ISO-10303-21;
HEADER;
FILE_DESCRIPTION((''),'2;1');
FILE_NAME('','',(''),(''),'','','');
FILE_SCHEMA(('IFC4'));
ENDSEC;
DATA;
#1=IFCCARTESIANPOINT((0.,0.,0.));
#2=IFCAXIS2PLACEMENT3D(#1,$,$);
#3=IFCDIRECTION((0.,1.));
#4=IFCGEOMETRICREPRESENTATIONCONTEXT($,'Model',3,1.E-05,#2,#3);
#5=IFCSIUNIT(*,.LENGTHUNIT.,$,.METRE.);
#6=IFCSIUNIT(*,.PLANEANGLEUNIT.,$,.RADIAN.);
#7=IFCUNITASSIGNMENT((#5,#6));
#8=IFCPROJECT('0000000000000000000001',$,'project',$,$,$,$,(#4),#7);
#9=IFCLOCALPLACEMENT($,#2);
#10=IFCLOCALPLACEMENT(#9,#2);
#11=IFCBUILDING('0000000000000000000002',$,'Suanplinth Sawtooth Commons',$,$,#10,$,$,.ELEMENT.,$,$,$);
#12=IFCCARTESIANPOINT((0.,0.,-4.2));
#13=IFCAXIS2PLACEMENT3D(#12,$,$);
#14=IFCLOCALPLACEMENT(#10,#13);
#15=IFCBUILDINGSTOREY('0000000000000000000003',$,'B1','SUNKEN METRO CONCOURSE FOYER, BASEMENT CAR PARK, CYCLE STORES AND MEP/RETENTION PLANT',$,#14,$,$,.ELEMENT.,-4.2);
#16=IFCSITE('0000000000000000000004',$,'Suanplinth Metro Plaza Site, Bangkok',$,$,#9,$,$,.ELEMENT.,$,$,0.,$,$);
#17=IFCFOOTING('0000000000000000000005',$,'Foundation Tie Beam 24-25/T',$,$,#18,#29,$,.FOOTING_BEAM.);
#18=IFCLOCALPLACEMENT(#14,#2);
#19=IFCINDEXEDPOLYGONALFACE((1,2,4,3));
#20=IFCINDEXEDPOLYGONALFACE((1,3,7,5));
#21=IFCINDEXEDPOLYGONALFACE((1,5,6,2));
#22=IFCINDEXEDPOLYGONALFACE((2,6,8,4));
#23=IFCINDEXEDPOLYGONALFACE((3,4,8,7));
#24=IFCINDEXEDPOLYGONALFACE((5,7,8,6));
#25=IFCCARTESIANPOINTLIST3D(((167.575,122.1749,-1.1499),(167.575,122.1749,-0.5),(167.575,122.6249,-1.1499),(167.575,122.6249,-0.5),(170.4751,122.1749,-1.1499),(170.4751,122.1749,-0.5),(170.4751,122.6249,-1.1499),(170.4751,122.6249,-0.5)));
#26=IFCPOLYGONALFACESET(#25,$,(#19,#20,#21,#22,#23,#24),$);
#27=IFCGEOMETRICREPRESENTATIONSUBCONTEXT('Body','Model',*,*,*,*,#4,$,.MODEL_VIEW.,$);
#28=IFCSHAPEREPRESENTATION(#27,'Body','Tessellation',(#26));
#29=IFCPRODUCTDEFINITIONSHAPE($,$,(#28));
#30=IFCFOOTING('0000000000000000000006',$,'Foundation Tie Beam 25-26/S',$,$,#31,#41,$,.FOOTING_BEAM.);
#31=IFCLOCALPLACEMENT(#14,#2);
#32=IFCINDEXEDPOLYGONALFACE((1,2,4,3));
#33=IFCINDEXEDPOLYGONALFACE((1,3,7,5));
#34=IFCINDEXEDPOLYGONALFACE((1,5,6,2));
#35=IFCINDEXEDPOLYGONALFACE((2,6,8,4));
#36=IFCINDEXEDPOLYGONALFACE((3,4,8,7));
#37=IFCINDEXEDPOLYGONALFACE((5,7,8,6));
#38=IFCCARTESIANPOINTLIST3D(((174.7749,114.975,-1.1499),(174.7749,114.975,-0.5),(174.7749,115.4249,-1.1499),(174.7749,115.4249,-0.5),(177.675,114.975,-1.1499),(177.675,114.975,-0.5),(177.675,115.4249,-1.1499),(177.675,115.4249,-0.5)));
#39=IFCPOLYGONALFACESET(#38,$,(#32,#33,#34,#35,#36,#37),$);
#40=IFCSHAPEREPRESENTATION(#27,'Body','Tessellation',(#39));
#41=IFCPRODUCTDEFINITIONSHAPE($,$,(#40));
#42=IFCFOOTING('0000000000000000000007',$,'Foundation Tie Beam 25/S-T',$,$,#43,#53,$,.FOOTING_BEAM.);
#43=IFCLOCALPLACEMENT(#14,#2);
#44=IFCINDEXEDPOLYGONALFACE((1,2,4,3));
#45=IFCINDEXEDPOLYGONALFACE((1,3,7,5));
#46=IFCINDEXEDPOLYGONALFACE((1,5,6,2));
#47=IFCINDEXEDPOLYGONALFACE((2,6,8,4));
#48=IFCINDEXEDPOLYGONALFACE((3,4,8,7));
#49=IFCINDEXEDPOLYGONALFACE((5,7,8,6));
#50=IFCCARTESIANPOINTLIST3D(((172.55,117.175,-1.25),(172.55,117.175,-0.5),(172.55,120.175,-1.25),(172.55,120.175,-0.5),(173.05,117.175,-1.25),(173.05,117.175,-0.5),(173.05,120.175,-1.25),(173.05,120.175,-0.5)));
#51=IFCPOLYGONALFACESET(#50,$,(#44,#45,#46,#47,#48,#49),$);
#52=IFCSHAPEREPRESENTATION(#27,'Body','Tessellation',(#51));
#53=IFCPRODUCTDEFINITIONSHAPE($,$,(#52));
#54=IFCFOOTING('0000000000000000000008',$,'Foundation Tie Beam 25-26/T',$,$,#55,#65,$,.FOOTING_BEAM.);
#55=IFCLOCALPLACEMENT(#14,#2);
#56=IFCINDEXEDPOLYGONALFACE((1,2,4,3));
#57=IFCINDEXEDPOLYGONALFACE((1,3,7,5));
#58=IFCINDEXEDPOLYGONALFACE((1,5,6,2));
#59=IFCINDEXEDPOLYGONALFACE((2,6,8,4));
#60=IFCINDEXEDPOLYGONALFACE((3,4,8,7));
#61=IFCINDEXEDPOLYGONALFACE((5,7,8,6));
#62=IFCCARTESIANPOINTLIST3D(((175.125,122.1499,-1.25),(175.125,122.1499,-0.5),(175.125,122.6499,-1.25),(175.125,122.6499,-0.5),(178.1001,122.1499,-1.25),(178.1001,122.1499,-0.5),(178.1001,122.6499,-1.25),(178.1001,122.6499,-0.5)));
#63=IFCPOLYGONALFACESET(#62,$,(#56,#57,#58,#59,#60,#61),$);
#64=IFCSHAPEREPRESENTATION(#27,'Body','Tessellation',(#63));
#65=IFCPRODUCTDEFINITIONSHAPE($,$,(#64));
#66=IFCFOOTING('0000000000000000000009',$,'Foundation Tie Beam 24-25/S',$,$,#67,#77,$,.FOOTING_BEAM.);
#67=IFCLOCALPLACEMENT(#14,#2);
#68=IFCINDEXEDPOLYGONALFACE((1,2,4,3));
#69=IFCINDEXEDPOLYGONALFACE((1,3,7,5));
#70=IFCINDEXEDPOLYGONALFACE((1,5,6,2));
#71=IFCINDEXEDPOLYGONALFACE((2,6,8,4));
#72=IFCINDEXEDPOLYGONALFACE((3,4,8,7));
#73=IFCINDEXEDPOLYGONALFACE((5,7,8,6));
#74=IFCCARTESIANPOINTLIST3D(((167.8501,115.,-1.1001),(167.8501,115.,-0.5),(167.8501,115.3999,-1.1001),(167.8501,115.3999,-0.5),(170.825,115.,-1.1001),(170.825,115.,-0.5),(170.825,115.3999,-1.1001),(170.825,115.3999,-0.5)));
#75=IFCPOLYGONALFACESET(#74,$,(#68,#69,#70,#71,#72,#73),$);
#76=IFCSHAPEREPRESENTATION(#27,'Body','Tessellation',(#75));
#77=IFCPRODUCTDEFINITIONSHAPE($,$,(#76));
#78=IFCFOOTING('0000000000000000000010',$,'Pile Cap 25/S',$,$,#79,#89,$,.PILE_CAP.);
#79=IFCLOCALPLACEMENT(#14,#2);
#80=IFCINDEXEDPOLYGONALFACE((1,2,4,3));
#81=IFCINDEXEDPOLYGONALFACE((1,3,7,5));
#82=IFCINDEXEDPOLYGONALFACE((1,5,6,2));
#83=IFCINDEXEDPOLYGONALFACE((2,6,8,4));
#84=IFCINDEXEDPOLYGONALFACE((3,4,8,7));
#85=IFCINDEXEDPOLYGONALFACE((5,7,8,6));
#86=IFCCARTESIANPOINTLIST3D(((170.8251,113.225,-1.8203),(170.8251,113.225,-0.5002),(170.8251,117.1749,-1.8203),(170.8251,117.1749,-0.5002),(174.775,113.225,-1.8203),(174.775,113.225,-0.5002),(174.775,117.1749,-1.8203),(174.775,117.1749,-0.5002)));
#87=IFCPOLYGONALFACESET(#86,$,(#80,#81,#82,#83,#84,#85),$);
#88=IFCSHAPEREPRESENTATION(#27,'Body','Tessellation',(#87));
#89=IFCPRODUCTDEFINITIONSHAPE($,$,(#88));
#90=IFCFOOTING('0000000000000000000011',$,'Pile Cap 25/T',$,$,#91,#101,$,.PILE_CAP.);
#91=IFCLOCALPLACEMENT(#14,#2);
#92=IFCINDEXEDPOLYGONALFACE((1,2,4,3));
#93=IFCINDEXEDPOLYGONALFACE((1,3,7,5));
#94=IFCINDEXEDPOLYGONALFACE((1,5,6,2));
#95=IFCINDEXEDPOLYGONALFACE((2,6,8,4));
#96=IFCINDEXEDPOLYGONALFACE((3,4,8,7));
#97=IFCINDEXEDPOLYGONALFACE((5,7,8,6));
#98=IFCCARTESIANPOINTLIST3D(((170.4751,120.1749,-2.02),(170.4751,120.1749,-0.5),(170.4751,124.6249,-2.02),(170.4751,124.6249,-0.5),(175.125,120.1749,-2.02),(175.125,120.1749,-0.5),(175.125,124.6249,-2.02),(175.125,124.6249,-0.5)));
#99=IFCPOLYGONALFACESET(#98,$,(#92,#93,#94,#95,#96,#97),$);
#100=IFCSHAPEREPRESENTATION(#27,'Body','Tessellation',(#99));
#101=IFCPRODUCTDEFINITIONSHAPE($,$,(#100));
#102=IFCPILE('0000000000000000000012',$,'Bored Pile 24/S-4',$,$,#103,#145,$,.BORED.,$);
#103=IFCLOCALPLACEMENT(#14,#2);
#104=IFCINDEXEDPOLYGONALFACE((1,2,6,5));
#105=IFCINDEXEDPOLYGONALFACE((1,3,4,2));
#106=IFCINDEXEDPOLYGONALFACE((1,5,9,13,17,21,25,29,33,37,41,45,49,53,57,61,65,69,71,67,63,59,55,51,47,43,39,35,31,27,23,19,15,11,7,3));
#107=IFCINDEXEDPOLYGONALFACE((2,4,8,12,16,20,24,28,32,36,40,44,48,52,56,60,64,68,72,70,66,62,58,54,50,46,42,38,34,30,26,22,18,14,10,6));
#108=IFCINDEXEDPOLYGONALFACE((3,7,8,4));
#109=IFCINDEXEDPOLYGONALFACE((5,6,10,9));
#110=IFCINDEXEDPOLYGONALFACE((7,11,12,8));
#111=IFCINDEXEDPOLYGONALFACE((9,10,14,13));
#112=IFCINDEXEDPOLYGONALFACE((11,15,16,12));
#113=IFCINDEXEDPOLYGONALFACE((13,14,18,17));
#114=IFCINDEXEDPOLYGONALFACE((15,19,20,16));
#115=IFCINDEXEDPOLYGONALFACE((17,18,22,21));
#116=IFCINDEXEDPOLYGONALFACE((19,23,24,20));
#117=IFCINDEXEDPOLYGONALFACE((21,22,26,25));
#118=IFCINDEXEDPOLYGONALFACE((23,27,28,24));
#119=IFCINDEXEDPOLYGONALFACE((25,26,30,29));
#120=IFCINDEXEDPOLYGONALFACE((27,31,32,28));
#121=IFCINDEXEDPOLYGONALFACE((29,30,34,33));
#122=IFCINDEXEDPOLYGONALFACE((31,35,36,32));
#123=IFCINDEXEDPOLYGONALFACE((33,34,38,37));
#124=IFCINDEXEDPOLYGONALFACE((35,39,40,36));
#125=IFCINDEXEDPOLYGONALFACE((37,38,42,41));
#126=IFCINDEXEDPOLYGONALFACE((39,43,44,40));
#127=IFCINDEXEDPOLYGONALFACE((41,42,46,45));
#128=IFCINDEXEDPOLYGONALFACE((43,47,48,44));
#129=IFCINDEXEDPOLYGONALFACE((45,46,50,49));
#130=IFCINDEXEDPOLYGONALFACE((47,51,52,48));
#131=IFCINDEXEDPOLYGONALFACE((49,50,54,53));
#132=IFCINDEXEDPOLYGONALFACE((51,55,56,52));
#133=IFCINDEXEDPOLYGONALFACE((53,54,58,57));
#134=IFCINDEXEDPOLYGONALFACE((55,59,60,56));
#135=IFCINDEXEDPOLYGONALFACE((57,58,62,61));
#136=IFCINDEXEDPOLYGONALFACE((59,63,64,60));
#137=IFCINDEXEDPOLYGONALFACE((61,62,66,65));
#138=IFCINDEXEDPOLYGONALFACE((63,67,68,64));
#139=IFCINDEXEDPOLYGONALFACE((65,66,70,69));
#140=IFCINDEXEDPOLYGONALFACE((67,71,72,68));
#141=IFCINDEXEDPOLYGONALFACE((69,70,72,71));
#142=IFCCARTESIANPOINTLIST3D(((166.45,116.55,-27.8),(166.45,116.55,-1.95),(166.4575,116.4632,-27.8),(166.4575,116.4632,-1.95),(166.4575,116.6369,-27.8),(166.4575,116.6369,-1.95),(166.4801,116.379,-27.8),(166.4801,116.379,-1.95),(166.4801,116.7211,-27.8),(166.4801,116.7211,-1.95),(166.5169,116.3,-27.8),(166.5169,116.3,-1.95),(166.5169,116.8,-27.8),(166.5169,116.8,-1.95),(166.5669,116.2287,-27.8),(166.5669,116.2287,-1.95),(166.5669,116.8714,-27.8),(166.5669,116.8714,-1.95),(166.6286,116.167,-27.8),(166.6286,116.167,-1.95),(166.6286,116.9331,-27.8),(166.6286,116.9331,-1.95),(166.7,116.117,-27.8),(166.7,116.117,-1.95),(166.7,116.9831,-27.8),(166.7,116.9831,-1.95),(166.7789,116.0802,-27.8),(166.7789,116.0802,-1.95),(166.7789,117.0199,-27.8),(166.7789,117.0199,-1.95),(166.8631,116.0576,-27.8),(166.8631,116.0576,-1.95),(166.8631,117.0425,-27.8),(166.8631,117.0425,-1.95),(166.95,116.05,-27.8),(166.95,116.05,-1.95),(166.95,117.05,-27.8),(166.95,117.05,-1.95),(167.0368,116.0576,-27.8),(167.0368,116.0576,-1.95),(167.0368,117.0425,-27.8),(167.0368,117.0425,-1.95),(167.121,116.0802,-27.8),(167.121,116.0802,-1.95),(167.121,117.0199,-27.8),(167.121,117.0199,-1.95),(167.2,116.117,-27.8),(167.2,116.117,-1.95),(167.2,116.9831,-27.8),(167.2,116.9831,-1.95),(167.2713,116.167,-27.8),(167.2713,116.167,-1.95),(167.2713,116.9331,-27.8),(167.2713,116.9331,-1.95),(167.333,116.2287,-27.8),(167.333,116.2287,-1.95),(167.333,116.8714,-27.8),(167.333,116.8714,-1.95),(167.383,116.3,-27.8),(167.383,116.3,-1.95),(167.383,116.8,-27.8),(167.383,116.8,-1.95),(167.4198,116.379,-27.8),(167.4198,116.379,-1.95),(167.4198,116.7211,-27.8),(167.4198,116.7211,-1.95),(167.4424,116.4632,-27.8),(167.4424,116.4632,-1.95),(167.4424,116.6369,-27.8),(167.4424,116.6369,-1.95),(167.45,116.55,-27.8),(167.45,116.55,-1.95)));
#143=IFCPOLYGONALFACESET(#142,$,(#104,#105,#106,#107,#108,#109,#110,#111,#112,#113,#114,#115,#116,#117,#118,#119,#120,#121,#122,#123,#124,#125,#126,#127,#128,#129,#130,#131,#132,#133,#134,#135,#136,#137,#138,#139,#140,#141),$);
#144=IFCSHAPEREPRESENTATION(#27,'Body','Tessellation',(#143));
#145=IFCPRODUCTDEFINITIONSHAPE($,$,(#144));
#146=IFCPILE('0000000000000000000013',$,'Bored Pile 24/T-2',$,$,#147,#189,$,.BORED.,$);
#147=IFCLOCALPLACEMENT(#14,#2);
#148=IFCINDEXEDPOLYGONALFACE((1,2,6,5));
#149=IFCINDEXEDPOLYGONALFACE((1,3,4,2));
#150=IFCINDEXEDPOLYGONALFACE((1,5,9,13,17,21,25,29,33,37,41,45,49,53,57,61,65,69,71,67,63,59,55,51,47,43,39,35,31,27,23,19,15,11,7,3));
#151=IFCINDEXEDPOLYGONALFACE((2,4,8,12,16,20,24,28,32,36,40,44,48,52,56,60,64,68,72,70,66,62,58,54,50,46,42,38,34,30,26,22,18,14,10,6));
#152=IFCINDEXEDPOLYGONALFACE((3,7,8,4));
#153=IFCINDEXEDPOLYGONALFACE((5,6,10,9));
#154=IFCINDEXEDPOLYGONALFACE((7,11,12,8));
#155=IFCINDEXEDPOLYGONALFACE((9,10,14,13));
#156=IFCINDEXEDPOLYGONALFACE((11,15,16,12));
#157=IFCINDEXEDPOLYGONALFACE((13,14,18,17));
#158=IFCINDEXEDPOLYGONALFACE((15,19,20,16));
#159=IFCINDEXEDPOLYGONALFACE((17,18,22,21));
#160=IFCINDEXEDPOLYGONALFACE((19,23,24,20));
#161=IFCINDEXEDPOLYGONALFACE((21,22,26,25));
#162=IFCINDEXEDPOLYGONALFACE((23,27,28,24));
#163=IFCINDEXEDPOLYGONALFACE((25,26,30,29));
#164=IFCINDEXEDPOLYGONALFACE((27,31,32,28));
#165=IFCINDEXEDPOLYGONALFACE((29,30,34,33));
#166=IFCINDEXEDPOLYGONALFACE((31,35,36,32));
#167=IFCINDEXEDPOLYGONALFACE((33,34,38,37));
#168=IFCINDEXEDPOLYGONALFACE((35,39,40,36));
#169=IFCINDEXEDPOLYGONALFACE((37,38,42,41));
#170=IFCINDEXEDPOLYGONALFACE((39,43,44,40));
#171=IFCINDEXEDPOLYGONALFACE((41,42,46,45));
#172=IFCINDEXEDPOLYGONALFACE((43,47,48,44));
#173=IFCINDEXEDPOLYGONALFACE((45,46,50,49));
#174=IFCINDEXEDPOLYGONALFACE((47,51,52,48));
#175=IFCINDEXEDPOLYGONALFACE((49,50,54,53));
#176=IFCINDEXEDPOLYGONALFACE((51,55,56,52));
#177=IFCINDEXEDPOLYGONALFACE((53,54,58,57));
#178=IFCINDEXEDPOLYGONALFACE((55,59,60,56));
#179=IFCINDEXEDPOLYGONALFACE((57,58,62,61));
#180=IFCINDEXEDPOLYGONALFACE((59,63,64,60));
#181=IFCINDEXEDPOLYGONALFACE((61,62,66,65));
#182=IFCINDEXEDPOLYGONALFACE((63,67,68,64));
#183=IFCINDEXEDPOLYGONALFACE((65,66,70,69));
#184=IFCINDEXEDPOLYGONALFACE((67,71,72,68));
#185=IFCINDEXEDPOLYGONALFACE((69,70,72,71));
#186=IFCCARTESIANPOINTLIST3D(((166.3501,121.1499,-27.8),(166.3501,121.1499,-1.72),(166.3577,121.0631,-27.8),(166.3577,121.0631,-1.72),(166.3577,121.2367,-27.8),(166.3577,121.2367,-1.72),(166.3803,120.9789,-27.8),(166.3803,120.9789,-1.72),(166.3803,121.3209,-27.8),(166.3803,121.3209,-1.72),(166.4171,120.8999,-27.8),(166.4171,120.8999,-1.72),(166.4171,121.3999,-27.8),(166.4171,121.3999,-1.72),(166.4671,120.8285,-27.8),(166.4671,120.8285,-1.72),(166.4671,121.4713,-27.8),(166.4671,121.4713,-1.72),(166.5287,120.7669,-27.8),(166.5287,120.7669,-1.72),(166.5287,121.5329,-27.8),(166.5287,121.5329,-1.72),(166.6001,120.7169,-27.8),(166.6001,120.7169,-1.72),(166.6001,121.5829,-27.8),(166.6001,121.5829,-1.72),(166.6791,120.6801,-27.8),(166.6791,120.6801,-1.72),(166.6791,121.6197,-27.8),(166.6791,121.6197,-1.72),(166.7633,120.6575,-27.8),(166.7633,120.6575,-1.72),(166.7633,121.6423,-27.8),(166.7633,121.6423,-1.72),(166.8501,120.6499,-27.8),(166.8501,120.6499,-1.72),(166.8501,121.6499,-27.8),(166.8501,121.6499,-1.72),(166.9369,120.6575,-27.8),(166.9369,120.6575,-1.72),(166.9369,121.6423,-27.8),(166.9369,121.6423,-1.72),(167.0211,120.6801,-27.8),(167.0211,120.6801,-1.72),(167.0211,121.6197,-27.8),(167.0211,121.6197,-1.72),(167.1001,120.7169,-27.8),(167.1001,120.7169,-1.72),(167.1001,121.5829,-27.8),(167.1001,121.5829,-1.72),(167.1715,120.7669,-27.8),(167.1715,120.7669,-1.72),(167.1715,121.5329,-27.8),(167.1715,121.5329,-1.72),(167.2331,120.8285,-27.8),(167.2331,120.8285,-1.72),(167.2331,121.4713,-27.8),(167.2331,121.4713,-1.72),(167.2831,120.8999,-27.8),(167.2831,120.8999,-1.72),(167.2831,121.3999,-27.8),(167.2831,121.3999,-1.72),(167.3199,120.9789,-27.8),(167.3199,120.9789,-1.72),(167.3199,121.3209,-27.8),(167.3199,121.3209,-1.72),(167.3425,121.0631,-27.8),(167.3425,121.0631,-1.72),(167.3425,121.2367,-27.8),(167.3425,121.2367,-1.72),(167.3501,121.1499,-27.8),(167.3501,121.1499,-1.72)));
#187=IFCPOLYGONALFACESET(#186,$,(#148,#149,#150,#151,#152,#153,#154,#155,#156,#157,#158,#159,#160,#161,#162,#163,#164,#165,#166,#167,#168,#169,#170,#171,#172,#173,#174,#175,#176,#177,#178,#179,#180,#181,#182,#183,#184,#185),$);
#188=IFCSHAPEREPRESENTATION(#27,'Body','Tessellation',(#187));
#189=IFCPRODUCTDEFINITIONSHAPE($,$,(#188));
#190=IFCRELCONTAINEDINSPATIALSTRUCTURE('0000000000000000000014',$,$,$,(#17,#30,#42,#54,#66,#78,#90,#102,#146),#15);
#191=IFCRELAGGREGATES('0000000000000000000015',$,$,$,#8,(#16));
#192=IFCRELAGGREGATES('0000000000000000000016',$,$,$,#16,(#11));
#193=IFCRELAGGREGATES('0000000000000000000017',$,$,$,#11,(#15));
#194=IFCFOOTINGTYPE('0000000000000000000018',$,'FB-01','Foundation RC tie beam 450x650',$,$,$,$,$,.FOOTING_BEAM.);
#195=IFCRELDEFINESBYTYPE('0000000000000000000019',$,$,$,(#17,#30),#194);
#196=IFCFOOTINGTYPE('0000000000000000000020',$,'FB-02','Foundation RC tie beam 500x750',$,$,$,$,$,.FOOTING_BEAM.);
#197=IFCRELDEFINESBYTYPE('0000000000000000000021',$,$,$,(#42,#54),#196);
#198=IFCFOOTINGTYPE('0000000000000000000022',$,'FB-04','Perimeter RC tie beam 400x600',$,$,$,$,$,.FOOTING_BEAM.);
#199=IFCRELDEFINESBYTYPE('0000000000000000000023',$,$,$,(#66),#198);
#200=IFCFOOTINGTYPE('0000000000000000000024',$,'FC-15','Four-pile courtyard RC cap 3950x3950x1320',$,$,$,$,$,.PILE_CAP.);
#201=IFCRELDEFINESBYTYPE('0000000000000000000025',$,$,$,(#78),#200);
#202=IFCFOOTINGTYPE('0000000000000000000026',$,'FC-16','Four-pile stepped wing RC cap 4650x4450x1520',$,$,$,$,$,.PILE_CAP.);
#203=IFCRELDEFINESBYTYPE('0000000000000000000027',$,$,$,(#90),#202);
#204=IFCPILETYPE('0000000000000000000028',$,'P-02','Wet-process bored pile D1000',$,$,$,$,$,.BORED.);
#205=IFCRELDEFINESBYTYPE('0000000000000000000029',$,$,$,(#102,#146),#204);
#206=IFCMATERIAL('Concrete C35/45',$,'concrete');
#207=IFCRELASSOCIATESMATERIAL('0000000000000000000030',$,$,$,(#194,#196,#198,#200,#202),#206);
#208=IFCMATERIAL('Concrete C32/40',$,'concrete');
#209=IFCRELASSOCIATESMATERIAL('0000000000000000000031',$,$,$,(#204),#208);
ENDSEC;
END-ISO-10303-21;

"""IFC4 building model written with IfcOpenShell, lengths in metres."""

from ifc_helpers import new_model, si_unit, direction, frame, origin, origin_2d, place, context, subcontext, project, spatial, rectangle, circle, extrude, material, material_profile, profile_set, type_object, element, save


model = new_model("IFC4")

# Units and contexts
model_context = context("Model", 3, precision=1e-05, world=origin(), true_north=direction((0.0, 1.0)))
body_context = subcontext(model_context, "Body", "Model", "MODEL_VIEW")
ifc_project = project(units=[si_unit("LENGTHUNIT", "METRE"), si_unit("PLANEANGLEUNIT", "RADIAN")], contexts=[model_context])

# Site, building, storey
site_placement = place(None, origin())
site = spatial("IfcSite", under=ifc_project, at=site_placement, Name="Suanplinth Metro Plaza Site, Bangkok", CompositionType="ELEMENT", RefElevation=0.0)
building_placement = place(site_placement, origin())
building = spatial("IfcBuilding", under=site, at=building_placement, Name="Suanplinth Sawtooth Commons", CompositionType="ELEMENT")
storey_placement = place(building_placement, frame((0.0, 0.0, -4.2)))
storey = spatial("IfcBuildingStorey", under=building, at=storey_placement, Name="B1", Description="SUNKEN METRO CONCOURSE FOYER, BASEMENT CAR PARK, CYCLE STORES AND MEP/RETENTION PLANT", CompositionType="ELEMENT", Elevation=-4.2)

# Footings
ifc_material_1 = material(Name="Concrete C35/45", Category="concrete")
ifc_material_profile_1 = material_profile(ifc_material_1, rectangle(XDim=0.45, YDim=0.6499, at=origin_2d()), Name="PC-GDR 450x650")
ifc_profile_set_1 = profile_set([ifc_material_profile_1], Name="Concrete C35/45")
footing_type_1 = type_object("IfcFootingType", Name="FB-01", Description="Foundation RC tie beam 450x650", PredefinedType="FOOTING_BEAM", material=ifc_profile_set_1)
for number, where, z_axis, x_axis, name in (
    (1, (167.575, 122.3999, -0.825), (1.0, 0.0, 0.0), (0.0, 1.0, 0.0), "Foundation Tie Beam 24-25/T"),
    (2, (174.7749, 115.2, -0.825), (1.0, 0.0, 0.0), (0.0, 1.0, 0.0), "Foundation Tie Beam 25-26/S"),
):
    element("IfcFooting", number, at=place(storey_placement, frame(where, z_axis=z_axis, x_axis=x_axis)), inside=storey, type_object=footing_type_1, Name=name, PredefinedType="FOOTING_BEAM", context=body_context, shape_type="SweptSolid", body=[
        extrude(rectangle(XDim=0.45, YDim=0.6499, at=origin_2d()), origin(), (0.0, 0.0, 1.0), 2.9001),
    ])
ifc_material_profile_2 = material_profile(ifc_material_1, rectangle(XDim=0.5, YDim=0.75, at=origin_2d()), Name="RC-GDR 500x750")
ifc_profile_set_2 = profile_set([ifc_material_profile_2], Name="Concrete C35/45")
footing_type_2 = type_object("IfcFootingType", Name="FB-02", Description="Foundation RC tie beam 500x750", PredefinedType="FOOTING_BEAM", material=ifc_profile_set_2)
footing_1_placement = place(storey_placement, frame((172.8, 117.175, -0.875), z_axis=(0.0, 1.0, 0.0), x_axis=(-1.0, 0.0, 0.0)))
element("IfcFooting", 3, at=footing_1_placement, inside=storey, type_object=footing_type_2, Name="Foundation Tie Beam 25/S-T", PredefinedType="FOOTING_BEAM", context=body_context, shape_type="SweptSolid", body=[
    extrude(rectangle(XDim=0.5, YDim=0.75, at=origin_2d()), origin(), (0.0, 0.0, 1.0), 3.0),
])
footing_2_placement = place(storey_placement, frame((175.125, 122.3999, -0.875), z_axis=(1.0, 0.0, 0.0), x_axis=(0.0, 1.0, 0.0)))
element("IfcFooting", 4, at=footing_2_placement, inside=storey, type_object=footing_type_2, Name="Foundation Tie Beam 25-26/T", PredefinedType="FOOTING_BEAM", context=body_context, shape_type="SweptSolid", body=[
    extrude(rectangle(XDim=0.5, YDim=0.75, at=origin_2d()), origin(), (0.0, 0.0, 1.0), 2.9751),
])
ifc_material_profile_3 = material_profile(ifc_material_1, rectangle(XDim=0.3999, YDim=0.6001, at=origin_2d()), Name="PC-GDR 400x600")
ifc_profile_set_3 = profile_set([ifc_material_profile_3], Name="Concrete C35/45")
footing_type_3 = type_object("IfcFootingType", Name="FB-04", Description="Perimeter RC tie beam 400x600", PredefinedType="FOOTING_BEAM", material=ifc_profile_set_3)
footing_3_placement = place(storey_placement, frame((167.8501, 115.2, -0.8), z_axis=(1.0, 0.0, 0.0), x_axis=(0.0, 1.0, 0.0)))
element("IfcFooting", 5, at=footing_3_placement, inside=storey, type_object=footing_type_3, Name="Foundation Tie Beam 24-25/S", PredefinedType="FOOTING_BEAM", context=body_context, shape_type="SweptSolid", body=[
    extrude(rectangle(XDim=0.3999, YDim=0.6001, at=origin_2d()), origin(), (0.0, 0.0, 1.0), 2.9749),
])
footing_type_4 = type_object("IfcFootingType", Name="FC-15", Description="Four-pile courtyard RC cap 3950x3950x1320", PredefinedType="PILE_CAP", material=ifc_material_1)
footing_4_placement = place(storey_placement, frame((172.8, 115.2, -1.8203), z_axis=(0.0, 0.0, 1.0), x_axis=(1.0, 0.0, 0.0)))
element("IfcFooting", 6, at=footing_4_placement, inside=storey, type_object=footing_type_4, Name="Pile Cap 25/S", PredefinedType="PILE_CAP", context=body_context, shape_type="SweptSolid", body=[
    extrude(rectangle(XDim=3.95, YDim=3.95, at=origin_2d()), origin(), (0.0, 0.0, 1.0), 1.3201),
])
footing_type_5 = type_object("IfcFootingType", Name="FC-16", Description="Four-pile stepped wing RC cap 4650x4450x1520", PredefinedType="PILE_CAP", material=ifc_material_1)
footing_5_placement = place(storey_placement, frame((172.8, 122.3999, -2.02), z_axis=(0.0, 0.0, 1.0), x_axis=(1.0, 0.0, 0.0)))
element("IfcFooting", 7, at=footing_5_placement, inside=storey, type_object=footing_type_5, Name="Pile Cap 25/T", PredefinedType="PILE_CAP", context=body_context, shape_type="SweptSolid", body=[
    extrude(rectangle(XDim=4.6499, YDim=4.45, at=origin_2d()), origin(), (0.0, 0.0, 1.0), 1.52),
])

# Piles
ifc_material_2 = material(Name="Concrete C32/40", Category="concrete")
ifc_material_profile_4 = material_profile(ifc_material_2, circle(Radius=0.5, at=origin_2d()), Name="PILE D1000")
ifc_profile_set_4 = profile_set([ifc_material_profile_4], Name="Concrete C32/40")
pile_type = type_object("IfcPileType", Name="P-02", Description="Wet-process bored pile D1000", PredefinedType="BORED", material=ifc_profile_set_4)
pile_placement = place(storey_placement, frame((166.95, 116.55, -1.95), z_axis=(0.0, 0.0, -1.0), x_axis=(1.0, 0.0, 0.0)))
element("IfcPile", 8, at=pile_placement, inside=storey, type_object=pile_type, Name="Bored Pile 24/S-4", PredefinedType="BORED", context=body_context, shape_type="SweptSolid", body=[
    extrude(circle(Radius=0.5, at=origin_2d()), origin(), (0.0, 0.0, 1.0), 25.8501),
])
for number, where, z_axis, x_axis, name in (
    (9, (166.8501, 121.1499, -1.72), (0.0, 0.0, -1.0), (1.0, 0.0, 0.0), "Bored Pile 24/T-2"),
):
    element("IfcPile", number, at=place(storey_placement, frame(where, z_axis=z_axis, x_axis=x_axis)), inside=storey, type_object=pile_type, Name=name, PredefinedType="BORED", context=body_context, shape_type="SweptSolid", body=[
        extrude(circle(Radius=0.5, at=origin_2d()), origin(), (0.0, 0.0, 1.0), 26.0801),
    ])

save(model, "model.ifc")
